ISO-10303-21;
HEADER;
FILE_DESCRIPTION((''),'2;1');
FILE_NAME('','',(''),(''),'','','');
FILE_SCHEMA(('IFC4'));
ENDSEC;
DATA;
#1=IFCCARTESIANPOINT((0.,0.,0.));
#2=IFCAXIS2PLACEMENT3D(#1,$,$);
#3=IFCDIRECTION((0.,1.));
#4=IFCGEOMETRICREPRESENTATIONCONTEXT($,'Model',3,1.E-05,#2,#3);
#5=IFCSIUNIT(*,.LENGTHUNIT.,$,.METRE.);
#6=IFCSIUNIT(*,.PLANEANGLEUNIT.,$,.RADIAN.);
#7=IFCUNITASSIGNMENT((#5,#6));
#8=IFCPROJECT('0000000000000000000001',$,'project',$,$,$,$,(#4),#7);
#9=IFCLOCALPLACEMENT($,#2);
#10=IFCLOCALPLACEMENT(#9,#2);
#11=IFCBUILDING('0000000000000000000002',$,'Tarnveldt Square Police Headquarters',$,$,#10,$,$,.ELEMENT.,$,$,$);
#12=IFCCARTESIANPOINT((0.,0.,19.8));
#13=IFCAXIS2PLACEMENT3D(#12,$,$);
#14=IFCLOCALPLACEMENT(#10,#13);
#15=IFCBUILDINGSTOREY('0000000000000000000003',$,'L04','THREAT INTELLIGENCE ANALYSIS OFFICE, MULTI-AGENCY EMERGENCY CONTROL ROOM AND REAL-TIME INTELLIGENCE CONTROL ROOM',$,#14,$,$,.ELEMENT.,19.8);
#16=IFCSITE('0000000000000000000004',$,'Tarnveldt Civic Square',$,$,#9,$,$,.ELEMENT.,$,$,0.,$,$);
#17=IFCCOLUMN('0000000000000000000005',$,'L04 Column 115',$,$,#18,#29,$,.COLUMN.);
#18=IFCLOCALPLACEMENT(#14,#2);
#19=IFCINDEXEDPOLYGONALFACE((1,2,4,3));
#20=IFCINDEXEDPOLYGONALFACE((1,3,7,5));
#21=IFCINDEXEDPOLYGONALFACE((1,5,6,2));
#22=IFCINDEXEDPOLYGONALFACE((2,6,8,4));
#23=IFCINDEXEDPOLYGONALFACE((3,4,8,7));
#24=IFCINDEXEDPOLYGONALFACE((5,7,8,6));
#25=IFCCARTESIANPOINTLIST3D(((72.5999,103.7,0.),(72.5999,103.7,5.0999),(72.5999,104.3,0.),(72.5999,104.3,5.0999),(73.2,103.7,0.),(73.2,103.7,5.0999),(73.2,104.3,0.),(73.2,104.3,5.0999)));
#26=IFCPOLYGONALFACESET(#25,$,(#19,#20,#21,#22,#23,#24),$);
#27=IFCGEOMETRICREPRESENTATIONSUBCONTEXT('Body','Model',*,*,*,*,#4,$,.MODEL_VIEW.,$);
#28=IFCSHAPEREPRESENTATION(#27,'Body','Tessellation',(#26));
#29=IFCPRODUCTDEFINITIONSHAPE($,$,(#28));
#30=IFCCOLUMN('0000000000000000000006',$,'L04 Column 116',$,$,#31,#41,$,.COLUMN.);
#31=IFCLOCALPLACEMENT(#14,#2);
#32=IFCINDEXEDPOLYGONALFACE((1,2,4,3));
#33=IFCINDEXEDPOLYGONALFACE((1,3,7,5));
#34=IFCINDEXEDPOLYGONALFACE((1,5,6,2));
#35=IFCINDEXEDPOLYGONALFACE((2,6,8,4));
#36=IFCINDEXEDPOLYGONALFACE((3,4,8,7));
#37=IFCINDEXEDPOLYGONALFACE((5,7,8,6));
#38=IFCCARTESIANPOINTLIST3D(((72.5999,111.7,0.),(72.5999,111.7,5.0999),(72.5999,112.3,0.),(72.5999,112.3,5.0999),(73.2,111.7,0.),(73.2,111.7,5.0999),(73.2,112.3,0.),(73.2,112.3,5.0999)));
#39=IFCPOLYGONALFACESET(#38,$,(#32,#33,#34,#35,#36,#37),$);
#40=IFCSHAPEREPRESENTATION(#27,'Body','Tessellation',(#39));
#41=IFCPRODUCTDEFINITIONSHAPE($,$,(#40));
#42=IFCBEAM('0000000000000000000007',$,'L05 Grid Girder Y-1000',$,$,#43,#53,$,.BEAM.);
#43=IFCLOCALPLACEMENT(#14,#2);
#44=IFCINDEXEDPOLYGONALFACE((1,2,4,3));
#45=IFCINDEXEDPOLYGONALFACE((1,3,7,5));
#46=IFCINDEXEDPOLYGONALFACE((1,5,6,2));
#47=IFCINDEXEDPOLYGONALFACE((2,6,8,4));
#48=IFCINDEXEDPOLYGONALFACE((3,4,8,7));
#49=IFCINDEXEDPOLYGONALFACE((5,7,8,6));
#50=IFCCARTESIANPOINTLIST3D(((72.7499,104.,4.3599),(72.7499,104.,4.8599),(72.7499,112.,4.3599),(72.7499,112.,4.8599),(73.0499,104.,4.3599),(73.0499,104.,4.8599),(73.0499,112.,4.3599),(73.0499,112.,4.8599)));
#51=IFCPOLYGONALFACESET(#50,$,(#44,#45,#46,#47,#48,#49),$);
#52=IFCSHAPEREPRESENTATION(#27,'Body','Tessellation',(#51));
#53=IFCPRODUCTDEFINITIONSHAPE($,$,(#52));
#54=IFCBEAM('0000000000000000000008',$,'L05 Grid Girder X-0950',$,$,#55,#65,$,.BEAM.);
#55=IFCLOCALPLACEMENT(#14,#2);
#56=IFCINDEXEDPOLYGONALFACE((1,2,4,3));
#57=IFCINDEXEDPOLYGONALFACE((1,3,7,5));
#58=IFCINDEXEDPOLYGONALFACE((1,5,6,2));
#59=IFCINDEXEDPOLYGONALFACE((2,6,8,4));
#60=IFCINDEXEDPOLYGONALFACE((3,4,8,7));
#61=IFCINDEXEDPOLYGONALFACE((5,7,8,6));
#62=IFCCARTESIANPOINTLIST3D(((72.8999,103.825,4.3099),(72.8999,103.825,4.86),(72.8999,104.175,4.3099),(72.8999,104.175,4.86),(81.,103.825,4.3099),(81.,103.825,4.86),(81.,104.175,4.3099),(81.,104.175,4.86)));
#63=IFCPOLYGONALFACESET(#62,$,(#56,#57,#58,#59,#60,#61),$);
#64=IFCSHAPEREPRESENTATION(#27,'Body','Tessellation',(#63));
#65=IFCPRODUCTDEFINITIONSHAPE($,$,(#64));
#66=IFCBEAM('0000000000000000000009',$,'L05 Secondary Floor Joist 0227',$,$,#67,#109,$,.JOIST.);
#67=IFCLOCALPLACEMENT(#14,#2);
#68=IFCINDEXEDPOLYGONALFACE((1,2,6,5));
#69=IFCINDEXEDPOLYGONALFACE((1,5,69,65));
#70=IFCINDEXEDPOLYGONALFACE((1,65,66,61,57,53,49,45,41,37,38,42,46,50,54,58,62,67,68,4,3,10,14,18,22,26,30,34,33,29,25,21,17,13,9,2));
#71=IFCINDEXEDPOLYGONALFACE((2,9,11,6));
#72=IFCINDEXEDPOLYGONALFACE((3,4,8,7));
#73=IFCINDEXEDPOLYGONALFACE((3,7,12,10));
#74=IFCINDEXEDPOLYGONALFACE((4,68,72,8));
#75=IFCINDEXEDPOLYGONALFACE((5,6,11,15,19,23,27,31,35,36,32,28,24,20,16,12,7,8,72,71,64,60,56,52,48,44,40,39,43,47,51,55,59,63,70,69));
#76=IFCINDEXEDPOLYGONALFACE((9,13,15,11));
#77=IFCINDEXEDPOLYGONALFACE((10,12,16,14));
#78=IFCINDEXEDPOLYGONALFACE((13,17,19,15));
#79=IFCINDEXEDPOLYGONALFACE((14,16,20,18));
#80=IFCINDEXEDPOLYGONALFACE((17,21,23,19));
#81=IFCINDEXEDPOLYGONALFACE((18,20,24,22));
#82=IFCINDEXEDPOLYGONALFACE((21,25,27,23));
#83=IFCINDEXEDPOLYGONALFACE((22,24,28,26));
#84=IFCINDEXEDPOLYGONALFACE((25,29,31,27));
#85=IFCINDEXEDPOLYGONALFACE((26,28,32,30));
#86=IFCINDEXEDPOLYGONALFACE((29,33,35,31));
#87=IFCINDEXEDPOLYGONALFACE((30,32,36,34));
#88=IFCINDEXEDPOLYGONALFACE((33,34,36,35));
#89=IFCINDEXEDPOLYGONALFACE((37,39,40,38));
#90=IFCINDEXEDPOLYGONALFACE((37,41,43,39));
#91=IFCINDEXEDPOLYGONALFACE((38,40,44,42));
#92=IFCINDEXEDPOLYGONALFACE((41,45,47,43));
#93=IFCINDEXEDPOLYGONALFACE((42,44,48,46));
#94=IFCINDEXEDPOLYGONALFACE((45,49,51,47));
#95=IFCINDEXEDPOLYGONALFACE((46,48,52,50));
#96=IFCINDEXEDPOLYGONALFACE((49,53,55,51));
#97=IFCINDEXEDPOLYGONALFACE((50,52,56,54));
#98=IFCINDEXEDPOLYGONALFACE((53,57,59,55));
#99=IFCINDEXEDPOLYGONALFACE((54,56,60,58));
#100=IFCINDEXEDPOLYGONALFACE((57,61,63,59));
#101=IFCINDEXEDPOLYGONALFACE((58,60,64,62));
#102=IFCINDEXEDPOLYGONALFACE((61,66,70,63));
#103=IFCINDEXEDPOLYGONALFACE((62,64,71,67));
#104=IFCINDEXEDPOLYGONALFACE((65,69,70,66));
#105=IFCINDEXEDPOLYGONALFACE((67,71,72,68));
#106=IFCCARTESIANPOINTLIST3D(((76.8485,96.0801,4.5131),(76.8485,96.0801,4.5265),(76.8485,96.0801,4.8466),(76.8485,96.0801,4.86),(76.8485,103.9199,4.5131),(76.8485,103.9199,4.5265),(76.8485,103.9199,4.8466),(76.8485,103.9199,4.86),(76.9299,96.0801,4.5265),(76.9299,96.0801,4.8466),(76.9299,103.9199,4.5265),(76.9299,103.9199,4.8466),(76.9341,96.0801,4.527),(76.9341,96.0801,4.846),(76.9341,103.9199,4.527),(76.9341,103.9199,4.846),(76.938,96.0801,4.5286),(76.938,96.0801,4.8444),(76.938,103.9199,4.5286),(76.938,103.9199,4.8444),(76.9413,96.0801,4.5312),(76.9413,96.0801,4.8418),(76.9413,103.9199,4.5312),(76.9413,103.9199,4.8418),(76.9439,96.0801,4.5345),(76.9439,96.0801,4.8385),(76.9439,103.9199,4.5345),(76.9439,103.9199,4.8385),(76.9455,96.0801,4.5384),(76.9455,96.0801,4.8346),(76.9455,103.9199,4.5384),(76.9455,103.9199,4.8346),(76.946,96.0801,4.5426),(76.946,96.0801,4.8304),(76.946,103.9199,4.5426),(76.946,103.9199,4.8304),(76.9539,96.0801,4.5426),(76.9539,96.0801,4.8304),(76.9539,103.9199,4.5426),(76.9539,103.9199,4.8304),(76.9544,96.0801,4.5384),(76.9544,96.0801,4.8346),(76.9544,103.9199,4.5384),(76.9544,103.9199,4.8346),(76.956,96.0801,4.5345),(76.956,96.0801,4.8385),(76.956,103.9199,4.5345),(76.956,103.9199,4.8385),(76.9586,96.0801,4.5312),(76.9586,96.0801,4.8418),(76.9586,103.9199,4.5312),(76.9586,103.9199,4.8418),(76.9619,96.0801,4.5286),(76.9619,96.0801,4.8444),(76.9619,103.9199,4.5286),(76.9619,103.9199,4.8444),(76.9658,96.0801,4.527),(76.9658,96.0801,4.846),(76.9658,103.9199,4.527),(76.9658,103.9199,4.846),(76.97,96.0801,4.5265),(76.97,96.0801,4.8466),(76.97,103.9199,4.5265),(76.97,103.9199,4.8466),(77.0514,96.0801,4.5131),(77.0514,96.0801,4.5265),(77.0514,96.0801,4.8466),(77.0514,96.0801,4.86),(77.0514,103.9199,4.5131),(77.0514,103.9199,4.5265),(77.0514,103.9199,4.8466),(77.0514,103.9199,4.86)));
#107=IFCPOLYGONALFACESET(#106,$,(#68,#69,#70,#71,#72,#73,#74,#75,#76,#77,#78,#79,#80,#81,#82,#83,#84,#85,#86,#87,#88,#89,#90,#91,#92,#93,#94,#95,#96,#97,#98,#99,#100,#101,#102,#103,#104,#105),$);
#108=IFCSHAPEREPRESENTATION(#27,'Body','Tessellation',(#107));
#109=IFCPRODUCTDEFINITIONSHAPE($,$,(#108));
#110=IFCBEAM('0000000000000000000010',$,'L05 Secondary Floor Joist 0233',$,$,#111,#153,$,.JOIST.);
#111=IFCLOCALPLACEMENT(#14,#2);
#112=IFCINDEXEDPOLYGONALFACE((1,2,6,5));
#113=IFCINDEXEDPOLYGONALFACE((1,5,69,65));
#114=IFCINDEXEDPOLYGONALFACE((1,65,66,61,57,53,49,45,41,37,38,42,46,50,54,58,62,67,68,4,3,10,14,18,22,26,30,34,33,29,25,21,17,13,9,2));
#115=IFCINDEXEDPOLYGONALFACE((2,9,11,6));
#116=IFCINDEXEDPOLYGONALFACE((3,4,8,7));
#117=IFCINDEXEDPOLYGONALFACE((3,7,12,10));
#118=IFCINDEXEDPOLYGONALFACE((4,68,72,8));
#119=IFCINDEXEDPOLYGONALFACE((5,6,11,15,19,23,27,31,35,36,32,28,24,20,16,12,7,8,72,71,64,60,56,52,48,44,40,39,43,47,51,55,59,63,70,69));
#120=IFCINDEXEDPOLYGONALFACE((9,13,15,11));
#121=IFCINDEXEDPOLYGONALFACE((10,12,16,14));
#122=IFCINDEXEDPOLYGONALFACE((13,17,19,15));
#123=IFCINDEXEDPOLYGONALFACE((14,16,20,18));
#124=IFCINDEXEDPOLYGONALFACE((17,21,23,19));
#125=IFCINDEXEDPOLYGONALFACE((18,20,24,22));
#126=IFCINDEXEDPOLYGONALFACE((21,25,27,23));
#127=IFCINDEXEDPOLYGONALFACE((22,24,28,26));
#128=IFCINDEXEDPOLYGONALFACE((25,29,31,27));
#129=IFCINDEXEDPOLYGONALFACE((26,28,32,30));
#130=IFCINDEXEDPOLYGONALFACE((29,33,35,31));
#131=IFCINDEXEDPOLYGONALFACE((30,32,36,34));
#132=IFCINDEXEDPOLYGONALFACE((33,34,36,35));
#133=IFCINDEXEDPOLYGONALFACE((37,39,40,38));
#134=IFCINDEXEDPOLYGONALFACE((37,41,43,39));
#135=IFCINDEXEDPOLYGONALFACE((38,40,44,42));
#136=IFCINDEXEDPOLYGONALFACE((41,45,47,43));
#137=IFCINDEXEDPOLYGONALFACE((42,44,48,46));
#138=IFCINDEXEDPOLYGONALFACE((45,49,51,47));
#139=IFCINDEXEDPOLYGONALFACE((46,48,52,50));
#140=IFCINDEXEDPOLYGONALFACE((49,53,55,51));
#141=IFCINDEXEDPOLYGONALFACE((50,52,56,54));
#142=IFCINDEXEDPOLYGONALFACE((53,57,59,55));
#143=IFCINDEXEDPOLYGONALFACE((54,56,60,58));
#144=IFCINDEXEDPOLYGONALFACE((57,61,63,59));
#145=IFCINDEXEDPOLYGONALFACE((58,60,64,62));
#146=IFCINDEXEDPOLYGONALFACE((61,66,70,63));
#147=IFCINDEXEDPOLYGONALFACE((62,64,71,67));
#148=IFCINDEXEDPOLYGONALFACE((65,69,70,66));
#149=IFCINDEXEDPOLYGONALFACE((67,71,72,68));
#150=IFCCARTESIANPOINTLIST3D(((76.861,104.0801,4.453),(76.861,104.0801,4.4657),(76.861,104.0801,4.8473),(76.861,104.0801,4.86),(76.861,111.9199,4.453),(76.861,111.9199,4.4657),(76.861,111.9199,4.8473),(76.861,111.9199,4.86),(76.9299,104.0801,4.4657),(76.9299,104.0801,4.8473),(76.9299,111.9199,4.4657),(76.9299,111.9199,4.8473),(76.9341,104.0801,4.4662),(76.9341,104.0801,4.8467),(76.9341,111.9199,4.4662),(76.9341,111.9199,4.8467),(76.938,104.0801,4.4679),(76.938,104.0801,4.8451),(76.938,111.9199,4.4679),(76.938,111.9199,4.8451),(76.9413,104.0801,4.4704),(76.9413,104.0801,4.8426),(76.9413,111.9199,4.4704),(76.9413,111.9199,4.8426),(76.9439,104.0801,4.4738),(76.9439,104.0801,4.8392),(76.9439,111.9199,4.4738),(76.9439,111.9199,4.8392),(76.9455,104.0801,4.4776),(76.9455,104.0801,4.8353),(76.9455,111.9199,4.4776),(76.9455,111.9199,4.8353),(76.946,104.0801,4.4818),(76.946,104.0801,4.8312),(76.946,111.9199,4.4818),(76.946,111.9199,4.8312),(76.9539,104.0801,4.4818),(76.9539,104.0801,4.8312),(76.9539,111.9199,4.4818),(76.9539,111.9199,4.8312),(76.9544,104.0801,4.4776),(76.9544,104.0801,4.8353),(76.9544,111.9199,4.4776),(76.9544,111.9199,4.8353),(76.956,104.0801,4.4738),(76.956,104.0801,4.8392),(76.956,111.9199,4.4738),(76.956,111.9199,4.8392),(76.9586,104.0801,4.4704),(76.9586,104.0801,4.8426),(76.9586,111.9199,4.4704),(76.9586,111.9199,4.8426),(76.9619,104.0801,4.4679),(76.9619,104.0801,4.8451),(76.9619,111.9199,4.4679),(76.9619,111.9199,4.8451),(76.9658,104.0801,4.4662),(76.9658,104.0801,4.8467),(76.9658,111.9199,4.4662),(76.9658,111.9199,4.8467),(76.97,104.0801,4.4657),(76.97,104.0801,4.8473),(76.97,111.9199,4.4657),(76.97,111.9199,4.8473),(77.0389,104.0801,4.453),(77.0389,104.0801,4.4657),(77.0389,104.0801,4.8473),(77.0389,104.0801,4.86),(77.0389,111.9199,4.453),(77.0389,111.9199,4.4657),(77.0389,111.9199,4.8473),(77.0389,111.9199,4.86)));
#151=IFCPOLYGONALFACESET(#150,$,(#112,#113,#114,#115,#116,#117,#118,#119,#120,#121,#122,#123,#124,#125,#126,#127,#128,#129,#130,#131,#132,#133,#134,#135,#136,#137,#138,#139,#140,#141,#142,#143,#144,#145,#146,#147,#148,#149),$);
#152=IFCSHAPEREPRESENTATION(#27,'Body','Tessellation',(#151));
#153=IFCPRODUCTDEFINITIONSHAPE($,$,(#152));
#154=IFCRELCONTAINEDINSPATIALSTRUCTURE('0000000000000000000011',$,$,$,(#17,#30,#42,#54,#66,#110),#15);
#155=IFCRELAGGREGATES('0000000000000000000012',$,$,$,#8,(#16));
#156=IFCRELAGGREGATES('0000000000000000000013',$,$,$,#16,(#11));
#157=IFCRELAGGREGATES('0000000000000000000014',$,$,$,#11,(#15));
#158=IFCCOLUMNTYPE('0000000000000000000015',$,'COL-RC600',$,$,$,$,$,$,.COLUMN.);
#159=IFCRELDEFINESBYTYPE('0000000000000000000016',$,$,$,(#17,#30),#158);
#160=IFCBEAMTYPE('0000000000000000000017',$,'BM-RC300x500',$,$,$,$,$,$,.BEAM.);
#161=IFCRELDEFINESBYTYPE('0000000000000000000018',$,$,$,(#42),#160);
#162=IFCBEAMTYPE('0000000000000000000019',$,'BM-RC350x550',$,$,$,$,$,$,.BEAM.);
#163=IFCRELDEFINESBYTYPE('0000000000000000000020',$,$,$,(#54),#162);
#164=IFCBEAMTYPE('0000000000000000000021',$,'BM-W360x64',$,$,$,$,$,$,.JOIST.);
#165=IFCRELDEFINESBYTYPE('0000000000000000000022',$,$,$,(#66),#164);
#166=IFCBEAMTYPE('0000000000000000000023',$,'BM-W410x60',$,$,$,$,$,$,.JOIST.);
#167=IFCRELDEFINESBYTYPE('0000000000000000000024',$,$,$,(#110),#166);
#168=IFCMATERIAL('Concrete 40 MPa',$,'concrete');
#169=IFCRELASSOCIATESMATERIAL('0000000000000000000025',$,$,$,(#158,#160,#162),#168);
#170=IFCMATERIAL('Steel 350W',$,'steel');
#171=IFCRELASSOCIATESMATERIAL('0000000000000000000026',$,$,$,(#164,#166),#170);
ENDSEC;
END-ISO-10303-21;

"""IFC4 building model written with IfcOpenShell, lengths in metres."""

from ifc_helpers import new_model, si_unit, direction, frame, origin, origin_2d, place, context, subcontext, project, spatial, rectangle, i_section, extrude, material, material_profile, profile_set, type_object, element, save


model = new_model("IFC4")

# Units and contexts
model_context = context("Model", 3, precision=1e-05, world=origin(), true_north=direction((0.0, 1.0)))
body_context = subcontext(model_context, "Body", "Model", "MODEL_VIEW")
ifc_project = project(units=[si_unit("LENGTHUNIT", "METRE"), si_unit("PLANEANGLEUNIT", "RADIAN")], contexts=[model_context])

# Site, building, storey
site_placement = place(None, origin())
site = spatial("IfcSite", under=ifc_project, at=site_placement, Name="Tarnveldt Civic Square", CompositionType="ELEMENT", RefElevation=0.0)
building_placement = place(site_placement, origin())
building = spatial("IfcBuilding", under=site, at=building_placement, Name="Tarnveldt Square Police Headquarters", CompositionType="ELEMENT")
storey_placement = place(building_placement, frame((0.0, 0.0, 19.8)))
storey = spatial("IfcBuildingStorey", under=building, at=storey_placement, Name="L04", Description="THREAT INTELLIGENCE ANALYSIS OFFICE, MULTI-AGENCY EMERGENCY CONTROL ROOM AND REAL-TIME INTELLIGENCE CONTROL ROOM", CompositionType="ELEMENT", Elevation=19.8)

# Columns
ifc_material_1 = material(Name="Concrete 40 MPa", Category="concrete")
ifc_material_profile_1 = material_profile(ifc_material_1, rectangle(XDim=0.6001, YDim=0.6001, at=origin_2d()), Name="RC-C600x600")
ifc_profile_set_1 = profile_set([ifc_material_profile_1], Name="Concrete 40 MPa")
column_type = type_object("IfcColumnType", Name="COL-RC600", PredefinedType="COLUMN", material=ifc_profile_set_1)
for number, where, z_axis, x_axis, name in (
    (1, (72.8999, 104.0, 0.0), (0.0, 0.0, 1.0), (1.0, 0.0, 0.0), "L04 Column 115"),
    (2, (72.8999, 112.0, 0.0), (0.0, 0.0, 1.0), (1.0, 0.0, 0.0), "L04 Column 116"),
):
    element("IfcColumn", number, at=place(storey_placement, frame(where, z_axis=z_axis, x_axis=x_axis)), inside=storey, type_object=column_type, Name=name, PredefinedType="COLUMN", context=body_context, shape_type="SweptSolid", body=[
        extrude(rectangle(XDim=0.6001, YDim=0.6001, at=origin_2d()), origin(), (0.0, 0.0, 1.0), 5.0999),
    ])

# Beams
ifc_material_profile_2 = material_profile(ifc_material_1, rectangle(XDim=0.3, YDim=0.5, at=origin_2d()), Name="RC-B300x500")
ifc_profile_set_2 = profile_set([ifc_material_profile_2], Name="Concrete 40 MPa")
beam_type_1 = type_object("IfcBeamType", Name="BM-RC300x500", PredefinedType="BEAM", material=ifc_profile_set_2)
beam_1_placement = place(storey_placement, frame((72.8999, 104.0, 4.6099), z_axis=(0.0, 1.0, 0.0), x_axis=(-1.0, 0.0, 0.0)))
element("IfcBeam", 3, at=beam_1_placement, inside=storey, type_object=beam_type_1, Name="L05 Grid Girder Y-1000", PredefinedType="BEAM", context=body_context, shape_type="SweptSolid", body=[
    extrude(rectangle(XDim=0.3, YDim=0.5, at=origin_2d()), origin(), (0.0, 0.0, 1.0), 8.0),
])
ifc_material_profile_3 = material_profile(ifc_material_1, rectangle(XDim=0.3501, YDim=0.55, at=origin_2d()), Name="RC-B350x550")
ifc_profile_set_3 = profile_set([ifc_material_profile_3], Name="Concrete 40 MPa")
beam_type_2 = type_object("IfcBeamType", Name="BM-RC350x550", PredefinedType="BEAM", material=ifc_profile_set_3)
beam_2_placement = place(storey_placement, frame((72.8999, 104.0, 4.585), z_axis=(1.0, 0.0, 0.0), x_axis=(0.0, 1.0, 0.0)))
element("IfcBeam", 4, at=beam_2_placement, inside=storey, type_object=beam_type_2, Name="L05 Grid Girder X-0950", PredefinedType="BEAM", context=body_context, shape_type="SweptSolid", body=[
    extrude(rectangle(XDim=0.3501, YDim=0.55, at=origin_2d()), origin(), (0.0, 0.0, 1.0), 8.1001),
])
ifc_material_2 = material(Name="Steel 350W", Category="steel")
ifc_material_profile_4 = material_profile(ifc_material_2, i_section(OverallWidth=0.2029, OverallDepth=0.3469, WebThickness=0.0078, FlangeThickness=0.0134, FilletRadius=0.0161, at=origin_2d()), Name="W360x64")
ifc_profile_set_4 = profile_set([ifc_material_profile_4], Name="Steel 350W")
beam_type_3 = type_object("IfcBeamType", Name="BM-W360x64", PredefinedType="JOIST", material=ifc_profile_set_4)
beam_3_placement = place(storey_placement, frame((76.95, 96.0801, 4.6865), z_axis=(0.0, 1.0, 0.0), x_axis=(-1.0, 0.0, 0.0)))
element("IfcBeam", 5, at=beam_3_placement, inside=storey, type_object=beam_type_3, Name="L05 Secondary Floor Joist 0227", PredefinedType="JOIST", context=body_context, shape_type="SweptSolid", body=[
    extrude(i_section(OverallWidth=0.2029, OverallDepth=0.3469, WebThickness=0.0078, FlangeThickness=0.0134, FilletRadius=0.0161, at=origin_2d()), origin(), (0.0, 0.0, 1.0), 7.8398),
])
ifc_material_profile_5 = material_profile(ifc_material_2, i_section(OverallWidth=0.178, OverallDepth=0.407, WebThickness=0.0078, FlangeThickness=0.0127, FilletRadius=0.0161, at=origin_2d()), Name="W410x60")
ifc_profile_set_5 = profile_set([ifc_material_profile_5], Name="Steel 350W")
beam_type_4 = type_object("IfcBeamType", Name="BM-W410x60", PredefinedType="JOIST", material=ifc_profile_set_5)
beam_4_placement = place(storey_placement, frame((76.95, 104.0801, 4.6565), z_axis=(0.0, 1.0, 0.0), x_axis=(-1.0, 0.0, 0.0)))
element("IfcBeam", 6, at=beam_4_placement, inside=storey, type_object=beam_type_4, Name="L05 Secondary Floor Joist 0233", PredefinedType="JOIST", context=body_context, shape_type="SweptSolid", body=[
    extrude(i_section(OverallWidth=0.178, OverallDepth=0.407, WebThickness=0.0078, FlangeThickness=0.0127, FilletRadius=0.0161, at=origin_2d()), origin(), (0.0, 0.0, 1.0), 7.8398),
])

save(model, "model.ifc")
